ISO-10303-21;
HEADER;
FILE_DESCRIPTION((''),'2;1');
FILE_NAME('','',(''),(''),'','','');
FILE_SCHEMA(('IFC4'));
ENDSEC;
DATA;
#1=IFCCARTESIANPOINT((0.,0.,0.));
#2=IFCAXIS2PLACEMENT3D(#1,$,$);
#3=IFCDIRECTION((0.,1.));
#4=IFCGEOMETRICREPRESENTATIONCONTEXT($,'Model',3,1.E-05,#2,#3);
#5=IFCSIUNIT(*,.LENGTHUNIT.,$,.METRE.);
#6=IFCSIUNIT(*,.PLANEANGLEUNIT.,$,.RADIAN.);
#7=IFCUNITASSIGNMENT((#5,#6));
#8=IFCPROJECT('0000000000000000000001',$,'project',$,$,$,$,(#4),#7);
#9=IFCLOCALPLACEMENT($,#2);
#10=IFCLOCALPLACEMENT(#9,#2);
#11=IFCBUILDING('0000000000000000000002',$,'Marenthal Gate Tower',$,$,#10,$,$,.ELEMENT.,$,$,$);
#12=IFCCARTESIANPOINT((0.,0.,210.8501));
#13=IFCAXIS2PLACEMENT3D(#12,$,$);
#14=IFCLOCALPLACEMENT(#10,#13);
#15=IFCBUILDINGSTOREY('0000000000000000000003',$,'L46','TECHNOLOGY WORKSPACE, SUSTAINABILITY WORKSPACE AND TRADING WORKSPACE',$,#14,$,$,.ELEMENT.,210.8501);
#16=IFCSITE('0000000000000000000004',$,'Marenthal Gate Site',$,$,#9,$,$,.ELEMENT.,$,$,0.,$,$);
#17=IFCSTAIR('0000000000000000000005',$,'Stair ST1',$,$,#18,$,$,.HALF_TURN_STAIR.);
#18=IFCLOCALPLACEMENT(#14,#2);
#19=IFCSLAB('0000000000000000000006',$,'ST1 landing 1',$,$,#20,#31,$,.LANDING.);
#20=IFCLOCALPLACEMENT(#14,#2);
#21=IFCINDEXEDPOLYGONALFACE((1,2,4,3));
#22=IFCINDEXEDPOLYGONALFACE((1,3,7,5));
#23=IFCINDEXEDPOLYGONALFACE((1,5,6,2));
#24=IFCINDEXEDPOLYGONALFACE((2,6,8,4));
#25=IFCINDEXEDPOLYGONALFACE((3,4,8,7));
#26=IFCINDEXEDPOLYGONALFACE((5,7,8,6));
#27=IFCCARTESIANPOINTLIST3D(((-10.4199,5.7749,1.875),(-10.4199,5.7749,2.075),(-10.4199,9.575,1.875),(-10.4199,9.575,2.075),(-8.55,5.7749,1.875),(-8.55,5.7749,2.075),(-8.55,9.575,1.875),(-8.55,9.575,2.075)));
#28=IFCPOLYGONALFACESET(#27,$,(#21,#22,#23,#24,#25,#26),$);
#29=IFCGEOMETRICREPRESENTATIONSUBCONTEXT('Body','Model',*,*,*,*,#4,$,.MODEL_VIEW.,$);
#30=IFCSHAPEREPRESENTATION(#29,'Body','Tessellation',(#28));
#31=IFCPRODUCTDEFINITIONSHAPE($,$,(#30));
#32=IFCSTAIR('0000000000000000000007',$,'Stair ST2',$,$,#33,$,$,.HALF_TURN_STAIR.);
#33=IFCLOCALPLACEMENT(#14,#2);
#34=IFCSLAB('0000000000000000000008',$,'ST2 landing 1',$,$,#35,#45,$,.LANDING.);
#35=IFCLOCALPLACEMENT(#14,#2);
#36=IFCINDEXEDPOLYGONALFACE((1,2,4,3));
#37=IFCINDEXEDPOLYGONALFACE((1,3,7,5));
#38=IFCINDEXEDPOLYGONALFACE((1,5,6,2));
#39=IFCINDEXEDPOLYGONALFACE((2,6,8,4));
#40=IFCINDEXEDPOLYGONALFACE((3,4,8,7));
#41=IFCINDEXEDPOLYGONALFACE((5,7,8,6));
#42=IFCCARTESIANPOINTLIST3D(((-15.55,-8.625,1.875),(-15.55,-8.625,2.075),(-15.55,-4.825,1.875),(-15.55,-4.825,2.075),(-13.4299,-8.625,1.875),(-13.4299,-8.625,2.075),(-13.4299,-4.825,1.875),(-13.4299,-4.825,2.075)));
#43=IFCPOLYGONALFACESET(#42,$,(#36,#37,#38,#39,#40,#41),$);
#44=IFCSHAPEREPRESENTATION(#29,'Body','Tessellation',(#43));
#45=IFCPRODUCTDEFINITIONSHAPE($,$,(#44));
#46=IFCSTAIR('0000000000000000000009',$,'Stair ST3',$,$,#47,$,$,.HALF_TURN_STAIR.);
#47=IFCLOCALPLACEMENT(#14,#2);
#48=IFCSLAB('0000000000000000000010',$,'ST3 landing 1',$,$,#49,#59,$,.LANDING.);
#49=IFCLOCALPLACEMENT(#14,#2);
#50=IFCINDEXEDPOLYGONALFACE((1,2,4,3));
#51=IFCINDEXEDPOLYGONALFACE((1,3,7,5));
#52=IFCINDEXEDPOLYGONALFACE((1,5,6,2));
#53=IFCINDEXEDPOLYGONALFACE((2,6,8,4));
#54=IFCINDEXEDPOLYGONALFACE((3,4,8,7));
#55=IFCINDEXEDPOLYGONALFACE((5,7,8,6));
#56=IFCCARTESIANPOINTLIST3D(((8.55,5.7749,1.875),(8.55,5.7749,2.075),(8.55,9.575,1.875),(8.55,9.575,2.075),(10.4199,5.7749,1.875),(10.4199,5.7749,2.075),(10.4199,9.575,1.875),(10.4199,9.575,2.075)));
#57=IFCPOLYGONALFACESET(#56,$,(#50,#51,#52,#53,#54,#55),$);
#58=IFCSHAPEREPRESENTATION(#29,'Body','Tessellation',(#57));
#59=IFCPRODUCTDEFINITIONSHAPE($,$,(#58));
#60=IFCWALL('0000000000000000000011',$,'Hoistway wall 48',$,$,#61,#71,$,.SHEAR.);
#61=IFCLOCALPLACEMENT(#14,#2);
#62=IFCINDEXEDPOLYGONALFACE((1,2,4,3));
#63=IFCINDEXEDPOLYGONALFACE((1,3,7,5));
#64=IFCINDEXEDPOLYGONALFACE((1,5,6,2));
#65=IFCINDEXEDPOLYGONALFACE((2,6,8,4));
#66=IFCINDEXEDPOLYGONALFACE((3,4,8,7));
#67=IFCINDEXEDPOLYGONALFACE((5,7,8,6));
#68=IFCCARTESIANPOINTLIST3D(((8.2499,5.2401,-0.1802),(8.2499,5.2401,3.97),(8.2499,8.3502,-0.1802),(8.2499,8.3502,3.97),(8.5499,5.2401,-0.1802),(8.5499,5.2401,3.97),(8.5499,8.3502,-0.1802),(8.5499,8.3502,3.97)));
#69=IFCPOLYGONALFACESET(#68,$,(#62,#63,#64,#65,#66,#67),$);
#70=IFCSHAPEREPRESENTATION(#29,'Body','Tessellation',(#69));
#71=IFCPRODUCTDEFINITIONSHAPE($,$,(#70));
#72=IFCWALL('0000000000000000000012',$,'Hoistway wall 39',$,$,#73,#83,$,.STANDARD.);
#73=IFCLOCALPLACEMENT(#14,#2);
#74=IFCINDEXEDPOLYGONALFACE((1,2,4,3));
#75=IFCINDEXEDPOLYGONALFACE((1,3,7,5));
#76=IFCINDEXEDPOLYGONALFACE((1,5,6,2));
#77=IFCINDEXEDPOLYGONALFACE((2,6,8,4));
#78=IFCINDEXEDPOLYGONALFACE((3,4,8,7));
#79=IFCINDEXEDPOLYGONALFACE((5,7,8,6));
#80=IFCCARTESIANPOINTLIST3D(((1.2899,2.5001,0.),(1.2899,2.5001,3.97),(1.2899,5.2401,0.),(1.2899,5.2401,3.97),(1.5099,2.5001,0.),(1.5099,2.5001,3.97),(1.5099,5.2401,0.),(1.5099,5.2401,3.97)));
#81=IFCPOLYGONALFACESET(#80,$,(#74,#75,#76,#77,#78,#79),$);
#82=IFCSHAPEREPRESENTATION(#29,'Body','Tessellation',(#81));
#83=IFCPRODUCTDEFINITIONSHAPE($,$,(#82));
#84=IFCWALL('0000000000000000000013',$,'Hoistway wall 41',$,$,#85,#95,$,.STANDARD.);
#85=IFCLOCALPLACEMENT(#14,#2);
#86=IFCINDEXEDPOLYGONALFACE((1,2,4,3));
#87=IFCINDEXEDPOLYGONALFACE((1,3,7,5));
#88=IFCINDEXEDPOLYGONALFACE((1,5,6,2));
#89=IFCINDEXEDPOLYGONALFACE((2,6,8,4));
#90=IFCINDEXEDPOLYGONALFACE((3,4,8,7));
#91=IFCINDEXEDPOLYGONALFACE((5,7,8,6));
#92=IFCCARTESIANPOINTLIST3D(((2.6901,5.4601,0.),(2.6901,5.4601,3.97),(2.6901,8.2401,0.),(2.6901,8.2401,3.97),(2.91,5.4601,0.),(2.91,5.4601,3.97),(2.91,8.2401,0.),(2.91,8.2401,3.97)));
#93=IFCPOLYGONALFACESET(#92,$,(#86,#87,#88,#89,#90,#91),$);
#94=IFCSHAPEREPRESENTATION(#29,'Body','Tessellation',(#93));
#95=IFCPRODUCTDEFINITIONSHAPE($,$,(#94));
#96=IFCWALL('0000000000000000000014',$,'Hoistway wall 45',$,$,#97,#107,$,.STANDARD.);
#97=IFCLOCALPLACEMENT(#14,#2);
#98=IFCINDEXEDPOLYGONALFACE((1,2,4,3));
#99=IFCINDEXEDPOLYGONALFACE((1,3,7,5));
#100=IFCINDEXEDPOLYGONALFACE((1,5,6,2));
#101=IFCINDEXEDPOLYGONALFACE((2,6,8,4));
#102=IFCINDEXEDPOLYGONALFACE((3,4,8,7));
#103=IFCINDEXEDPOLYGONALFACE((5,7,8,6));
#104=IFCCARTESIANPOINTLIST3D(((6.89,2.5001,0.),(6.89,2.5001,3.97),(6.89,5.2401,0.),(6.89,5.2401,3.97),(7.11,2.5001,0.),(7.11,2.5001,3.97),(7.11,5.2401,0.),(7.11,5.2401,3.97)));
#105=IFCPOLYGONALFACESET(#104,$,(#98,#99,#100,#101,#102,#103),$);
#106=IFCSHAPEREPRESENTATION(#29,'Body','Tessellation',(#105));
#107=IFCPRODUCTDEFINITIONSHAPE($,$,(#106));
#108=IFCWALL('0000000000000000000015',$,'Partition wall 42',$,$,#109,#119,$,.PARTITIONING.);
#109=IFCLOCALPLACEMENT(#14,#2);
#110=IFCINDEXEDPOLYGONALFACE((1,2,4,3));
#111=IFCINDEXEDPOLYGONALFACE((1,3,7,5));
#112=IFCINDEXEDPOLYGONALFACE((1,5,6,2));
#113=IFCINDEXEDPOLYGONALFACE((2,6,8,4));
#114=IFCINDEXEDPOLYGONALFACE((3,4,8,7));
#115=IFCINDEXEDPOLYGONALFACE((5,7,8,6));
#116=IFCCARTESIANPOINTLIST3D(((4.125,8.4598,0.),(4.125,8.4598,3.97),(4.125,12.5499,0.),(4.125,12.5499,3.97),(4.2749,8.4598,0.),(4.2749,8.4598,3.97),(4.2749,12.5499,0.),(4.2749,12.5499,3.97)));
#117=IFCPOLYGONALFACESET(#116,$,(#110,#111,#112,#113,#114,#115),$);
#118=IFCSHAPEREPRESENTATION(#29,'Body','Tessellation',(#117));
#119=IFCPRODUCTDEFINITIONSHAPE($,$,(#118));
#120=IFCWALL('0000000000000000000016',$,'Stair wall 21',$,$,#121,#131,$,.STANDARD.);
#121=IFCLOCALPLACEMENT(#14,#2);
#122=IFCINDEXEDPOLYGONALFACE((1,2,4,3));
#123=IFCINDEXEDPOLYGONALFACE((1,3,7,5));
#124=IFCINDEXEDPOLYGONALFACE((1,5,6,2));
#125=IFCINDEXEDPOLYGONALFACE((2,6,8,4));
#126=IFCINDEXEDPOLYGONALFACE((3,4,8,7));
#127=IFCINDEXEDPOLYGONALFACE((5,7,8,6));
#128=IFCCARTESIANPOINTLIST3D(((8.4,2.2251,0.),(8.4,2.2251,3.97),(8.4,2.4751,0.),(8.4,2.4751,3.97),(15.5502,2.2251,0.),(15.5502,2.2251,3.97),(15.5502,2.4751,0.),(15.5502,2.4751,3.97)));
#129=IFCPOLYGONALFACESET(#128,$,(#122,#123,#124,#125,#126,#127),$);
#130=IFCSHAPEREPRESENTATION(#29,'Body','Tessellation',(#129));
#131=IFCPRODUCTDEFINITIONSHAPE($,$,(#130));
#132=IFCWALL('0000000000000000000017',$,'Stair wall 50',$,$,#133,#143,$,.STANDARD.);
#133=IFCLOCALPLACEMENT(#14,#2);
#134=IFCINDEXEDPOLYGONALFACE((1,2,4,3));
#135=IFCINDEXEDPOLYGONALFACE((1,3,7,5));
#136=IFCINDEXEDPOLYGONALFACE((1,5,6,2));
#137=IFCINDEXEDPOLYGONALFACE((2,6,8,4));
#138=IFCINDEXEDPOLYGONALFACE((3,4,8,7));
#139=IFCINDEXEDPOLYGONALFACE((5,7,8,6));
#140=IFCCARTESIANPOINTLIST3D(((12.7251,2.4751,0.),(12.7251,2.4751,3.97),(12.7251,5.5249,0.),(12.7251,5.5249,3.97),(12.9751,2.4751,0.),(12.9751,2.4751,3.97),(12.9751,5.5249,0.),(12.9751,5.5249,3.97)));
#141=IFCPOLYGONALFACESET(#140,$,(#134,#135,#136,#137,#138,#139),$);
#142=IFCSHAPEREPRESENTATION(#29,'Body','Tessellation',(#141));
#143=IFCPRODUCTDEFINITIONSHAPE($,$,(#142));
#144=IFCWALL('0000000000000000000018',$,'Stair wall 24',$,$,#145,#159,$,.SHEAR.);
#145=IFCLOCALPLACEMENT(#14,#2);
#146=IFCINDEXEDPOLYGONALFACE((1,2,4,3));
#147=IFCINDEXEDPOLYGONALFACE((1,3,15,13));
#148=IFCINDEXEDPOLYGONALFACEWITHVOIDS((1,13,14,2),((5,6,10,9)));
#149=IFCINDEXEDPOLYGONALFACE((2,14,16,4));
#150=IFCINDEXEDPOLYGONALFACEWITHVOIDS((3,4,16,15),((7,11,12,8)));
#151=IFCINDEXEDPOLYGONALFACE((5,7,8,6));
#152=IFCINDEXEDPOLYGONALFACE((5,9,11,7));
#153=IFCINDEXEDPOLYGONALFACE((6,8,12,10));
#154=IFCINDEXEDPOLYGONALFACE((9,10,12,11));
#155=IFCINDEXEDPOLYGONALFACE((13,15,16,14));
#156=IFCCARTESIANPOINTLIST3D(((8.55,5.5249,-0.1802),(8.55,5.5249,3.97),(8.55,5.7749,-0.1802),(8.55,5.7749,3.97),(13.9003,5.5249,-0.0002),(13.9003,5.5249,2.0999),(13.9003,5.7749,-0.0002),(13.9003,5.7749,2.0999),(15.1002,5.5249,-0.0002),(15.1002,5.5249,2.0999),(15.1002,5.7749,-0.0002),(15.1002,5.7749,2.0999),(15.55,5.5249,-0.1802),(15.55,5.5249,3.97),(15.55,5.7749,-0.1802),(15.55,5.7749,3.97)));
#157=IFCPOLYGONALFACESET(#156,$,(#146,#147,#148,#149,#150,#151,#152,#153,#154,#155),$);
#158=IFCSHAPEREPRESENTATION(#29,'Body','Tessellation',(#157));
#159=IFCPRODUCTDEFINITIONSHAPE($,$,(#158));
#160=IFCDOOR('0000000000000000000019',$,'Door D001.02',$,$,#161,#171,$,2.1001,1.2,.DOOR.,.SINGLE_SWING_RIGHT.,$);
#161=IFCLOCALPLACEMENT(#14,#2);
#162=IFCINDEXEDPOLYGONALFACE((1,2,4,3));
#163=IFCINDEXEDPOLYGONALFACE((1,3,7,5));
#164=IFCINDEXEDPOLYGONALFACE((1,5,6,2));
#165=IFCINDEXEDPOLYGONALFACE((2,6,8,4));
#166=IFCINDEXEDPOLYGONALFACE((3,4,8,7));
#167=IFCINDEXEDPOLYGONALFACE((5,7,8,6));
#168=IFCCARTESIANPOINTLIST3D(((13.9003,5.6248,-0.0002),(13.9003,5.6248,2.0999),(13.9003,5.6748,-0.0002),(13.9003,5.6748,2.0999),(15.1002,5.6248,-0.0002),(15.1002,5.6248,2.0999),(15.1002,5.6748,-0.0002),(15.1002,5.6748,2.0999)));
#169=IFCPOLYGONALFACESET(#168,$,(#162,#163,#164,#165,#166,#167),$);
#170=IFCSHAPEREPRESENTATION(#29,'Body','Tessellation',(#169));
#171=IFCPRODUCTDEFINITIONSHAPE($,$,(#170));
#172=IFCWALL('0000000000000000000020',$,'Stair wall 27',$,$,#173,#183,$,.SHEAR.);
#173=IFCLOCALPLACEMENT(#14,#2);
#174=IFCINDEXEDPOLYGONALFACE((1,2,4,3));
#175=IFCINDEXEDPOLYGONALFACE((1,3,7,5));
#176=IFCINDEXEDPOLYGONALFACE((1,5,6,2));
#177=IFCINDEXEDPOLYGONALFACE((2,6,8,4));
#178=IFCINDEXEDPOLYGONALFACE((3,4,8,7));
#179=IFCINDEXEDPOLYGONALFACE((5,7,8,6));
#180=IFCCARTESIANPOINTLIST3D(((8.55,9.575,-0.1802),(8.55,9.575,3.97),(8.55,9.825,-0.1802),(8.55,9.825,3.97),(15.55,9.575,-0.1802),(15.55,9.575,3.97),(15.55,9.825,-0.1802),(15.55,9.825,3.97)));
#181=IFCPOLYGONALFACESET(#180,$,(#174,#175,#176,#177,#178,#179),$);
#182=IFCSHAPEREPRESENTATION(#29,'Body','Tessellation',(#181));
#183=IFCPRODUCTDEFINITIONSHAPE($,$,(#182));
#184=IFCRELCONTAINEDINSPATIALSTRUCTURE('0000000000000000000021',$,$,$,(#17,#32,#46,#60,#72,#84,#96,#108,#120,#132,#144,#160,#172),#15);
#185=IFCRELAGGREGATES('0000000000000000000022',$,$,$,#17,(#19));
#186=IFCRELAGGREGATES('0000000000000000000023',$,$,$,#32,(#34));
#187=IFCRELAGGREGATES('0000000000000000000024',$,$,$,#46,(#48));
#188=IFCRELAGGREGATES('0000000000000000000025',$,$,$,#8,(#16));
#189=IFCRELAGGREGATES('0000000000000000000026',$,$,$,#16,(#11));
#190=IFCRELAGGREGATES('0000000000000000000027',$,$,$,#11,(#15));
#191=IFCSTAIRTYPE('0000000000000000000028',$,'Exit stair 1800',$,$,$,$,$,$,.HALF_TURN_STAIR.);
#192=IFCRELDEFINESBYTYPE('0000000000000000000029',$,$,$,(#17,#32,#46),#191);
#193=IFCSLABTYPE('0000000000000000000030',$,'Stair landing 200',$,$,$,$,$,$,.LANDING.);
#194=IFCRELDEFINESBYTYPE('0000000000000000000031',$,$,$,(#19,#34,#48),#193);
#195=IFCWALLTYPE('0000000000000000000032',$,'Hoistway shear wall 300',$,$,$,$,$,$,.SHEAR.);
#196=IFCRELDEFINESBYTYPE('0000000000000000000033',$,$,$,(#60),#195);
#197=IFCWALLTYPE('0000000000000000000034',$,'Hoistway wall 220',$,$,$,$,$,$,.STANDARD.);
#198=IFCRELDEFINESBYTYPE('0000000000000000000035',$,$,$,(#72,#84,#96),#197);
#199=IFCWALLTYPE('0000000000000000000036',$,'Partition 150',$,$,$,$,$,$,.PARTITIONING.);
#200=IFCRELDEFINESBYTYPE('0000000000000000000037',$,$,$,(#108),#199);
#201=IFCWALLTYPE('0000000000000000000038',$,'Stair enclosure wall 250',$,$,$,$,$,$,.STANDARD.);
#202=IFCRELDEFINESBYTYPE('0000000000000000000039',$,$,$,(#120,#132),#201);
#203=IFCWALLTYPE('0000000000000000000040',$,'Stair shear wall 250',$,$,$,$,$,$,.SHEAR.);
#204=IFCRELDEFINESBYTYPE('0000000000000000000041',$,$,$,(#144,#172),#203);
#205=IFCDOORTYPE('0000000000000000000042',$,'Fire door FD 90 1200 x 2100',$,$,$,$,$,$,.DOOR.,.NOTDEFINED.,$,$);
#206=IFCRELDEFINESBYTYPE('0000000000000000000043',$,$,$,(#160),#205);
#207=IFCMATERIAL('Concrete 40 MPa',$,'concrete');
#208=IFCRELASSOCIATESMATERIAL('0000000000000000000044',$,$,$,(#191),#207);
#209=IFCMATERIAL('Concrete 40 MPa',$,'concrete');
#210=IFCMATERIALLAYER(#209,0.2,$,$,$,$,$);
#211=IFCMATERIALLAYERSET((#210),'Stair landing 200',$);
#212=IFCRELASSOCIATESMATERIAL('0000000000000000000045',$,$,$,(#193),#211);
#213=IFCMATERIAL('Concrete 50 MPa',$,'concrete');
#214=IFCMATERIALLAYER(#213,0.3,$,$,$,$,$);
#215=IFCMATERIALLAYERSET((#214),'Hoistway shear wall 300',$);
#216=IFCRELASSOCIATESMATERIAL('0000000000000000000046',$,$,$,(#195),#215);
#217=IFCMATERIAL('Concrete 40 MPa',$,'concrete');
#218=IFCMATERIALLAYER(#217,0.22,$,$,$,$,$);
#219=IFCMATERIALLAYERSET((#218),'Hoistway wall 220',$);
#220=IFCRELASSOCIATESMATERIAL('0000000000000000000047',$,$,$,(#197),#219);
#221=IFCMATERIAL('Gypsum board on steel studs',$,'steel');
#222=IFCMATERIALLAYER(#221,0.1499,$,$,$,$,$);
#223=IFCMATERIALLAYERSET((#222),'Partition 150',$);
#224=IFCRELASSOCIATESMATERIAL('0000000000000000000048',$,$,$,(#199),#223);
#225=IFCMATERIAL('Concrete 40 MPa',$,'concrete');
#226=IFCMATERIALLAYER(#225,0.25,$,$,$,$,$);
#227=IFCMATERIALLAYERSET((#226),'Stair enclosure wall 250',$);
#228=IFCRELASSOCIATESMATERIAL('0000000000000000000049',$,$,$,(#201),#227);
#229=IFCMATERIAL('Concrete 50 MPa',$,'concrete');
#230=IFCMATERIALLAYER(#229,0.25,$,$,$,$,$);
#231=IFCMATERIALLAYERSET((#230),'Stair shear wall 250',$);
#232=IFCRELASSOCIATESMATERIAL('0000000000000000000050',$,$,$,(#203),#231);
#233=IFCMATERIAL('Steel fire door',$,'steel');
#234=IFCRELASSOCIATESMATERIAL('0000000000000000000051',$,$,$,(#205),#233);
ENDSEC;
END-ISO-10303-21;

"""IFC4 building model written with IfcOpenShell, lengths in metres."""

from ifc_helpers import new_model, si_unit, direction, frame, frame_2d, origin, place, context, subcontext, project, spatial, polyline, rectangle, outline, extrude, material, layer, layer_set, type_object, element, fill, aggregate, save


model = new_model("IFC4")

# Units and contexts
model_context = context("Model", 3, precision=1e-05, world=origin(), true_north=direction((0.0, 1.0)))
body_context = subcontext(model_context, "Body", "Model", "MODEL_VIEW")
ifc_project = project(units=[si_unit("LENGTHUNIT", "METRE"), si_unit("PLANEANGLEUNIT", "RADIAN")], contexts=[model_context])

# Site, building, storey
site_placement = place(None, origin())
site = spatial("IfcSite", under=ifc_project, at=site_placement, Name="Marenthal Gate Site", CompositionType="ELEMENT", RefElevation=0.0)
building_placement = place(site_placement, origin())
building = spatial("IfcBuilding", under=site, at=building_placement, Name="Marenthal Gate Tower", CompositionType="ELEMENT")
storey_placement = place(building_placement, frame((0.0, 0.0, 210.8501)))
storey = spatial("IfcBuildingStorey", under=building, at=storey_placement, Name="L46", Description="TECHNOLOGY WORKSPACE, SUSTAINABILITY WORKSPACE AND TRADING WORKSPACE", CompositionType="ELEMENT", Elevation=210.8501)

# Stairs, slabs
ifc_material_1 = material(Name="Concrete 40 MPa", Category="concrete")
stair_type = type_object("IfcStairType", Name="Exit stair 1800", PredefinedType="HALF_TURN_STAIR", material=ifc_material_1)
stair_1_placement = place(storey_placement, origin())
stair_1 = element("IfcStair", 1, at=stair_1_placement, inside=storey, type_object=stair_type, Name="Stair ST1", PredefinedType="HALF_TURN_STAIR")
ifc_material_2 = material(Name="Concrete 40 MPa", Category="concrete")
ifc_layer_1 = layer(ifc_material_2, 0.2)
ifc_layer_set_1 = layer_set([ifc_layer_1], Name="Stair landing 200")
slab_type = type_object("IfcSlabType", Name="Stair landing 200", PredefinedType="LANDING", material=ifc_layer_set_1)
slab_1_placement = place(storey_placement, frame((0.0, 0.0, 1.875)))
slab_1 = element("IfcSlab", 2, at=slab_1_placement, type_object=slab_type, Name="ST1 landing 1", PredefinedType="LANDING", context=body_context, shape_type="SweptSolid", body=[
    extrude(outline(polyline([(-10.4199, 5.7749), (-8.55, 5.7749), (-8.55, 9.575), (-10.4199, 9.575), (-10.4199, 5.7749)])), origin(), (0.0, 0.0, 1.0), 0.2),
])
aggregate(stair_1, [slab_1])
stair_2_placement = place(storey_placement, origin())
stair_2 = element("IfcStair", 3, at=stair_2_placement, inside=storey, type_object=stair_type, Name="Stair ST2", PredefinedType="HALF_TURN_STAIR")
slab_2_placement = place(storey_placement, frame((0.0, 0.0, 1.875)))
slab_2 = element("IfcSlab", 4, at=slab_2_placement, type_object=slab_type, Name="ST2 landing 1", PredefinedType="LANDING", context=body_context, shape_type="SweptSolid", body=[
    extrude(outline(polyline([(-15.55, -8.625), (-13.4299, -8.625), (-13.4299, -4.825), (-15.55, -4.825), (-15.55, -8.625)])), origin(), (0.0, 0.0, 1.0), 0.2),
])
aggregate(stair_2, [slab_2])
stair_3_placement = place(storey_placement, origin())
stair_3 = element("IfcStair", 5, at=stair_3_placement, inside=storey, type_object=stair_type, Name="Stair ST3", PredefinedType="HALF_TURN_STAIR")
slab_3_placement = place(storey_placement, frame((0.0, 0.0, 1.875)))
slab_3 = element("IfcSlab", 6, at=slab_3_placement, type_object=slab_type, Name="ST3 landing 1", PredefinedType="LANDING", context=body_context, shape_type="SweptSolid", body=[
    extrude(outline(polyline([(8.55, 5.7749), (10.4199, 5.7749), (10.4199, 9.575), (8.55, 9.575), (8.55, 5.7749)])), origin(), (0.0, 0.0, 1.0), 0.2),
])

# Walls
ifc_material_3 = material(Name="Concrete 50 MPa", Category="concrete")
ifc_layer_2 = layer(ifc_material_3, 0.3)
ifc_layer_set_2 = layer_set([ifc_layer_2], Name="Hoistway shear wall 300")
wall_type_1 = type_object("IfcWallType", Name="Hoistway shear wall 300", PredefinedType="SHEAR", material=ifc_layer_set_2)
wall_1_placement = place(storey_placement, frame((8.3999, 5.24, -0.1802), z_axis=(0.0, 0.0, 1.0), x_axis=(0.0, 1.0, 0.0)))
element("IfcWall", 7, at=wall_1_placement, inside=storey, type_object=wall_type_1, Name="Hoistway wall 48", PredefinedType="SHEAR", context=body_context, shape_type="SweptSolid", body=[
    extrude(rectangle(XDim=3.1101, YDim=0.3, at=frame_2d((1.5552, 0.0))), origin(), (0.0, 0.0, 1.0), 4.1501),
])
ifc_material_4 = material(Name="Concrete 40 MPa", Category="concrete")
ifc_layer_3 = layer(ifc_material_4, 0.22)
ifc_layer_set_3 = layer_set([ifc_layer_3], Name="Hoistway wall 220")
wall_type_2 = type_object("IfcWallType", Name="Hoistway wall 220", PredefinedType="STANDARD", material=ifc_layer_set_3)
wall_2_placement = place(storey_placement, frame((1.3999, 2.5, 0.0), z_axis=(0.0, 0.0, 1.0), x_axis=(0.0, 1.0, 0.0)))
element("IfcWall", 8, at=wall_2_placement, inside=storey, type_object=wall_type_2, Name="Hoistway wall 39", PredefinedType="STANDARD", context=body_context, shape_type="SweptSolid", body=[
    extrude(rectangle(XDim=2.74, YDim=0.22, at=frame_2d((1.3701, 0.0))), origin(), (0.0, 0.0, 1.0), 3.97),
])
wall_3_placement = place(storey_placement, frame((2.8, 5.46, 0.0), z_axis=(0.0, 0.0, 1.0), x_axis=(0.0, 1.0, 0.0)))
element("IfcWall", 9, at=wall_3_placement, inside=storey, type_object=wall_type_2, Name="Hoistway wall 41", PredefinedType="STANDARD", context=body_context, shape_type="SweptSolid", body=[
    extrude(rectangle(XDim=2.78, YDim=0.22, at=frame_2d((1.3901, 0.0))), origin(), (0.0, 0.0, 1.0), 3.97),
])
wall_4_placement = place(storey_placement, frame((7.0, 2.5, 0.0), z_axis=(0.0, 0.0, 1.0), x_axis=(0.0, 1.0, 0.0)))
element("IfcWall", 10, at=wall_4_placement, inside=storey, type_object=wall_type_2, Name="Hoistway wall 45", PredefinedType="STANDARD", context=body_context, shape_type="SweptSolid", body=[
    extrude(rectangle(XDim=2.74, YDim=0.22, at=frame_2d((1.3701, 0.0))), origin(), (0.0, 0.0, 1.0), 3.97),
])
ifc_material_5 = material(Name="Gypsum board on steel studs", Category="steel")
ifc_layer_4 = layer(ifc_material_5, 0.1499)
ifc_layer_set_4 = layer_set([ifc_layer_4], Name="Partition 150")
wall_type_3 = type_object("IfcWallType", Name="Partition 150", PredefinedType="PARTITIONING", material=ifc_layer_set_4)
wall_5_placement = place(storey_placement, frame((4.2, 8.46, 0.0), z_axis=(0.0, 0.0, 1.0), x_axis=(0.0, 1.0, 0.0)))
element("IfcWall", 11, at=wall_5_placement, inside=storey, type_object=wall_type_3, Name="Partition wall 42", PredefinedType="PARTITIONING", context=body_context, shape_type="SweptSolid", body=[
    extrude(rectangle(XDim=4.0901, YDim=0.1499, at=frame_2d((2.0449, 0.0))), origin(), (0.0, 0.0, 1.0), 3.97),
])
ifc_material_6 = material(Name="Concrete 40 MPa", Category="concrete")
ifc_layer_5 = layer(ifc_material_6, 0.25)
ifc_layer_set_5 = layer_set([ifc_layer_5], Name="Stair enclosure wall 250")
wall_type_4 = type_object("IfcWallType", Name="Stair enclosure wall 250", PredefinedType="STANDARD", material=ifc_layer_set_5)
wall_6_placement = place(storey_placement, frame((8.3999, 2.3501, 0.0), z_axis=(0.0, 0.0, 1.0), x_axis=(1.0, 0.0, 0.0)))
element("IfcWall", 12, at=wall_6_placement, inside=storey, type_object=wall_type_4, Name="Stair wall 21", PredefinedType="STANDARD", context=body_context, shape_type="SweptSolid", body=[
    extrude(rectangle(XDim=7.1501, YDim=0.25, at=frame_2d((3.5752, 0.0))), origin(), (0.0, 0.0, 1.0), 3.97),
])
wall_7_placement = place(storey_placement, frame((12.8501, 2.4751, 0.0), z_axis=(0.0, 0.0, 1.0), x_axis=(0.0, 1.0, 0.0)))
element("IfcWall", 13, at=wall_7_placement, inside=storey, type_object=wall_type_4, Name="Stair wall 50", PredefinedType="STANDARD", context=body_context, shape_type="SweptSolid", body=[
    extrude(rectangle(XDim=3.0498, YDim=0.25, at=frame_2d((1.5249, 0.0))), origin(), (0.0, 0.0, 1.0), 3.97),
])

# Wall, opening, door
ifc_material_7 = material(Name="Concrete 50 MPa", Category="concrete")
ifc_layer_6 = layer(ifc_material_7, 0.25)
ifc_layer_set_6 = layer_set([ifc_layer_6], Name="Stair shear wall 250")
wall_type_5 = type_object("IfcWallType", Name="Stair shear wall 250", PredefinedType="SHEAR", material=ifc_layer_set_6)
wall_8_placement = place(storey_placement, frame((8.55, 5.6499, -0.1802), z_axis=(0.0, 0.0, 1.0), x_axis=(1.0, 0.0, 0.0)))
wall_8 = element("IfcWall", 14, at=wall_8_placement, inside=storey, type_object=wall_type_5, Name="Stair wall 24", PredefinedType="SHEAR", context=body_context, shape_type="SweptSolid", body=[
    extrude(rectangle(XDim=7.0, YDim=0.25, at=frame_2d((3.5, 0.0))), origin(), (0.0, 0.0, 1.0), 4.1501),
])
opening_placement = place(wall_8_placement, frame((5.3501, 0.0, 0.1799)))
opening = element("IfcOpeningElement", 15, at=opening_placement, cuts=wall_8, PredefinedType="OPENING", context=body_context, shape_type="SweptSolid", body=[
    extrude(rectangle(XDim=1.2, YDim=2.1001, at=frame_2d((0.6001, 1.05))), frame((0.0, 0.135, 0.0), z_axis=(0.0, -1.0, 0.0), x_axis=(1.0, 0.0, 0.0)), (0.0, 0.0, 1.0), 0.27),
])
ifc_material_8 = material(Name="Steel fire door", Category="steel")
door_type = type_object("IfcDoorType", Name="Fire door FD 90 1200 x 2100", OperationType="NOTDEFINED", PredefinedType="DOOR", material=ifc_material_8)
door_placement = place(opening_placement, origin())
door = element("IfcDoor", 16, at=door_placement, inside=storey, type_object=door_type, Name="Door D001.02", OperationType="SINGLE_SWING_RIGHT", OverallHeight=2.1001, OverallWidth=1.2, PredefinedType="DOOR", context=body_context, shape_type="SweptSolid", body=[
    extrude(rectangle(XDim=1.2, YDim=2.1001, at=frame_2d((0.6001, 1.05))), frame((0.0, 0.0249, 0.0), z_axis=(0.0, -1.0, 0.0), x_axis=(1.0, 0.0, 0.0)), (0.0, 0.0, 1.0), 0.05),
])
fill(opening, door)

# Wall
wall_9_placement = place(storey_placement, frame((8.55, 9.7, -0.1802), z_axis=(0.0, 0.0, 1.0), x_axis=(1.0, 0.0, 0.0)))
element("IfcWall", 17, at=wall_9_placement, inside=storey, type_object=wall_type_5, Name="Stair wall 27", PredefinedType="SHEAR", context=body_context, shape_type="SweptSolid", body=[
    extrude(rectangle(XDim=7.0, YDim=0.25, at=frame_2d((3.5, 0.0))), origin(), (0.0, 0.0, 1.0), 4.1501),
])

aggregate(stair_3, [slab_3])

save(model, "model.ifc")
